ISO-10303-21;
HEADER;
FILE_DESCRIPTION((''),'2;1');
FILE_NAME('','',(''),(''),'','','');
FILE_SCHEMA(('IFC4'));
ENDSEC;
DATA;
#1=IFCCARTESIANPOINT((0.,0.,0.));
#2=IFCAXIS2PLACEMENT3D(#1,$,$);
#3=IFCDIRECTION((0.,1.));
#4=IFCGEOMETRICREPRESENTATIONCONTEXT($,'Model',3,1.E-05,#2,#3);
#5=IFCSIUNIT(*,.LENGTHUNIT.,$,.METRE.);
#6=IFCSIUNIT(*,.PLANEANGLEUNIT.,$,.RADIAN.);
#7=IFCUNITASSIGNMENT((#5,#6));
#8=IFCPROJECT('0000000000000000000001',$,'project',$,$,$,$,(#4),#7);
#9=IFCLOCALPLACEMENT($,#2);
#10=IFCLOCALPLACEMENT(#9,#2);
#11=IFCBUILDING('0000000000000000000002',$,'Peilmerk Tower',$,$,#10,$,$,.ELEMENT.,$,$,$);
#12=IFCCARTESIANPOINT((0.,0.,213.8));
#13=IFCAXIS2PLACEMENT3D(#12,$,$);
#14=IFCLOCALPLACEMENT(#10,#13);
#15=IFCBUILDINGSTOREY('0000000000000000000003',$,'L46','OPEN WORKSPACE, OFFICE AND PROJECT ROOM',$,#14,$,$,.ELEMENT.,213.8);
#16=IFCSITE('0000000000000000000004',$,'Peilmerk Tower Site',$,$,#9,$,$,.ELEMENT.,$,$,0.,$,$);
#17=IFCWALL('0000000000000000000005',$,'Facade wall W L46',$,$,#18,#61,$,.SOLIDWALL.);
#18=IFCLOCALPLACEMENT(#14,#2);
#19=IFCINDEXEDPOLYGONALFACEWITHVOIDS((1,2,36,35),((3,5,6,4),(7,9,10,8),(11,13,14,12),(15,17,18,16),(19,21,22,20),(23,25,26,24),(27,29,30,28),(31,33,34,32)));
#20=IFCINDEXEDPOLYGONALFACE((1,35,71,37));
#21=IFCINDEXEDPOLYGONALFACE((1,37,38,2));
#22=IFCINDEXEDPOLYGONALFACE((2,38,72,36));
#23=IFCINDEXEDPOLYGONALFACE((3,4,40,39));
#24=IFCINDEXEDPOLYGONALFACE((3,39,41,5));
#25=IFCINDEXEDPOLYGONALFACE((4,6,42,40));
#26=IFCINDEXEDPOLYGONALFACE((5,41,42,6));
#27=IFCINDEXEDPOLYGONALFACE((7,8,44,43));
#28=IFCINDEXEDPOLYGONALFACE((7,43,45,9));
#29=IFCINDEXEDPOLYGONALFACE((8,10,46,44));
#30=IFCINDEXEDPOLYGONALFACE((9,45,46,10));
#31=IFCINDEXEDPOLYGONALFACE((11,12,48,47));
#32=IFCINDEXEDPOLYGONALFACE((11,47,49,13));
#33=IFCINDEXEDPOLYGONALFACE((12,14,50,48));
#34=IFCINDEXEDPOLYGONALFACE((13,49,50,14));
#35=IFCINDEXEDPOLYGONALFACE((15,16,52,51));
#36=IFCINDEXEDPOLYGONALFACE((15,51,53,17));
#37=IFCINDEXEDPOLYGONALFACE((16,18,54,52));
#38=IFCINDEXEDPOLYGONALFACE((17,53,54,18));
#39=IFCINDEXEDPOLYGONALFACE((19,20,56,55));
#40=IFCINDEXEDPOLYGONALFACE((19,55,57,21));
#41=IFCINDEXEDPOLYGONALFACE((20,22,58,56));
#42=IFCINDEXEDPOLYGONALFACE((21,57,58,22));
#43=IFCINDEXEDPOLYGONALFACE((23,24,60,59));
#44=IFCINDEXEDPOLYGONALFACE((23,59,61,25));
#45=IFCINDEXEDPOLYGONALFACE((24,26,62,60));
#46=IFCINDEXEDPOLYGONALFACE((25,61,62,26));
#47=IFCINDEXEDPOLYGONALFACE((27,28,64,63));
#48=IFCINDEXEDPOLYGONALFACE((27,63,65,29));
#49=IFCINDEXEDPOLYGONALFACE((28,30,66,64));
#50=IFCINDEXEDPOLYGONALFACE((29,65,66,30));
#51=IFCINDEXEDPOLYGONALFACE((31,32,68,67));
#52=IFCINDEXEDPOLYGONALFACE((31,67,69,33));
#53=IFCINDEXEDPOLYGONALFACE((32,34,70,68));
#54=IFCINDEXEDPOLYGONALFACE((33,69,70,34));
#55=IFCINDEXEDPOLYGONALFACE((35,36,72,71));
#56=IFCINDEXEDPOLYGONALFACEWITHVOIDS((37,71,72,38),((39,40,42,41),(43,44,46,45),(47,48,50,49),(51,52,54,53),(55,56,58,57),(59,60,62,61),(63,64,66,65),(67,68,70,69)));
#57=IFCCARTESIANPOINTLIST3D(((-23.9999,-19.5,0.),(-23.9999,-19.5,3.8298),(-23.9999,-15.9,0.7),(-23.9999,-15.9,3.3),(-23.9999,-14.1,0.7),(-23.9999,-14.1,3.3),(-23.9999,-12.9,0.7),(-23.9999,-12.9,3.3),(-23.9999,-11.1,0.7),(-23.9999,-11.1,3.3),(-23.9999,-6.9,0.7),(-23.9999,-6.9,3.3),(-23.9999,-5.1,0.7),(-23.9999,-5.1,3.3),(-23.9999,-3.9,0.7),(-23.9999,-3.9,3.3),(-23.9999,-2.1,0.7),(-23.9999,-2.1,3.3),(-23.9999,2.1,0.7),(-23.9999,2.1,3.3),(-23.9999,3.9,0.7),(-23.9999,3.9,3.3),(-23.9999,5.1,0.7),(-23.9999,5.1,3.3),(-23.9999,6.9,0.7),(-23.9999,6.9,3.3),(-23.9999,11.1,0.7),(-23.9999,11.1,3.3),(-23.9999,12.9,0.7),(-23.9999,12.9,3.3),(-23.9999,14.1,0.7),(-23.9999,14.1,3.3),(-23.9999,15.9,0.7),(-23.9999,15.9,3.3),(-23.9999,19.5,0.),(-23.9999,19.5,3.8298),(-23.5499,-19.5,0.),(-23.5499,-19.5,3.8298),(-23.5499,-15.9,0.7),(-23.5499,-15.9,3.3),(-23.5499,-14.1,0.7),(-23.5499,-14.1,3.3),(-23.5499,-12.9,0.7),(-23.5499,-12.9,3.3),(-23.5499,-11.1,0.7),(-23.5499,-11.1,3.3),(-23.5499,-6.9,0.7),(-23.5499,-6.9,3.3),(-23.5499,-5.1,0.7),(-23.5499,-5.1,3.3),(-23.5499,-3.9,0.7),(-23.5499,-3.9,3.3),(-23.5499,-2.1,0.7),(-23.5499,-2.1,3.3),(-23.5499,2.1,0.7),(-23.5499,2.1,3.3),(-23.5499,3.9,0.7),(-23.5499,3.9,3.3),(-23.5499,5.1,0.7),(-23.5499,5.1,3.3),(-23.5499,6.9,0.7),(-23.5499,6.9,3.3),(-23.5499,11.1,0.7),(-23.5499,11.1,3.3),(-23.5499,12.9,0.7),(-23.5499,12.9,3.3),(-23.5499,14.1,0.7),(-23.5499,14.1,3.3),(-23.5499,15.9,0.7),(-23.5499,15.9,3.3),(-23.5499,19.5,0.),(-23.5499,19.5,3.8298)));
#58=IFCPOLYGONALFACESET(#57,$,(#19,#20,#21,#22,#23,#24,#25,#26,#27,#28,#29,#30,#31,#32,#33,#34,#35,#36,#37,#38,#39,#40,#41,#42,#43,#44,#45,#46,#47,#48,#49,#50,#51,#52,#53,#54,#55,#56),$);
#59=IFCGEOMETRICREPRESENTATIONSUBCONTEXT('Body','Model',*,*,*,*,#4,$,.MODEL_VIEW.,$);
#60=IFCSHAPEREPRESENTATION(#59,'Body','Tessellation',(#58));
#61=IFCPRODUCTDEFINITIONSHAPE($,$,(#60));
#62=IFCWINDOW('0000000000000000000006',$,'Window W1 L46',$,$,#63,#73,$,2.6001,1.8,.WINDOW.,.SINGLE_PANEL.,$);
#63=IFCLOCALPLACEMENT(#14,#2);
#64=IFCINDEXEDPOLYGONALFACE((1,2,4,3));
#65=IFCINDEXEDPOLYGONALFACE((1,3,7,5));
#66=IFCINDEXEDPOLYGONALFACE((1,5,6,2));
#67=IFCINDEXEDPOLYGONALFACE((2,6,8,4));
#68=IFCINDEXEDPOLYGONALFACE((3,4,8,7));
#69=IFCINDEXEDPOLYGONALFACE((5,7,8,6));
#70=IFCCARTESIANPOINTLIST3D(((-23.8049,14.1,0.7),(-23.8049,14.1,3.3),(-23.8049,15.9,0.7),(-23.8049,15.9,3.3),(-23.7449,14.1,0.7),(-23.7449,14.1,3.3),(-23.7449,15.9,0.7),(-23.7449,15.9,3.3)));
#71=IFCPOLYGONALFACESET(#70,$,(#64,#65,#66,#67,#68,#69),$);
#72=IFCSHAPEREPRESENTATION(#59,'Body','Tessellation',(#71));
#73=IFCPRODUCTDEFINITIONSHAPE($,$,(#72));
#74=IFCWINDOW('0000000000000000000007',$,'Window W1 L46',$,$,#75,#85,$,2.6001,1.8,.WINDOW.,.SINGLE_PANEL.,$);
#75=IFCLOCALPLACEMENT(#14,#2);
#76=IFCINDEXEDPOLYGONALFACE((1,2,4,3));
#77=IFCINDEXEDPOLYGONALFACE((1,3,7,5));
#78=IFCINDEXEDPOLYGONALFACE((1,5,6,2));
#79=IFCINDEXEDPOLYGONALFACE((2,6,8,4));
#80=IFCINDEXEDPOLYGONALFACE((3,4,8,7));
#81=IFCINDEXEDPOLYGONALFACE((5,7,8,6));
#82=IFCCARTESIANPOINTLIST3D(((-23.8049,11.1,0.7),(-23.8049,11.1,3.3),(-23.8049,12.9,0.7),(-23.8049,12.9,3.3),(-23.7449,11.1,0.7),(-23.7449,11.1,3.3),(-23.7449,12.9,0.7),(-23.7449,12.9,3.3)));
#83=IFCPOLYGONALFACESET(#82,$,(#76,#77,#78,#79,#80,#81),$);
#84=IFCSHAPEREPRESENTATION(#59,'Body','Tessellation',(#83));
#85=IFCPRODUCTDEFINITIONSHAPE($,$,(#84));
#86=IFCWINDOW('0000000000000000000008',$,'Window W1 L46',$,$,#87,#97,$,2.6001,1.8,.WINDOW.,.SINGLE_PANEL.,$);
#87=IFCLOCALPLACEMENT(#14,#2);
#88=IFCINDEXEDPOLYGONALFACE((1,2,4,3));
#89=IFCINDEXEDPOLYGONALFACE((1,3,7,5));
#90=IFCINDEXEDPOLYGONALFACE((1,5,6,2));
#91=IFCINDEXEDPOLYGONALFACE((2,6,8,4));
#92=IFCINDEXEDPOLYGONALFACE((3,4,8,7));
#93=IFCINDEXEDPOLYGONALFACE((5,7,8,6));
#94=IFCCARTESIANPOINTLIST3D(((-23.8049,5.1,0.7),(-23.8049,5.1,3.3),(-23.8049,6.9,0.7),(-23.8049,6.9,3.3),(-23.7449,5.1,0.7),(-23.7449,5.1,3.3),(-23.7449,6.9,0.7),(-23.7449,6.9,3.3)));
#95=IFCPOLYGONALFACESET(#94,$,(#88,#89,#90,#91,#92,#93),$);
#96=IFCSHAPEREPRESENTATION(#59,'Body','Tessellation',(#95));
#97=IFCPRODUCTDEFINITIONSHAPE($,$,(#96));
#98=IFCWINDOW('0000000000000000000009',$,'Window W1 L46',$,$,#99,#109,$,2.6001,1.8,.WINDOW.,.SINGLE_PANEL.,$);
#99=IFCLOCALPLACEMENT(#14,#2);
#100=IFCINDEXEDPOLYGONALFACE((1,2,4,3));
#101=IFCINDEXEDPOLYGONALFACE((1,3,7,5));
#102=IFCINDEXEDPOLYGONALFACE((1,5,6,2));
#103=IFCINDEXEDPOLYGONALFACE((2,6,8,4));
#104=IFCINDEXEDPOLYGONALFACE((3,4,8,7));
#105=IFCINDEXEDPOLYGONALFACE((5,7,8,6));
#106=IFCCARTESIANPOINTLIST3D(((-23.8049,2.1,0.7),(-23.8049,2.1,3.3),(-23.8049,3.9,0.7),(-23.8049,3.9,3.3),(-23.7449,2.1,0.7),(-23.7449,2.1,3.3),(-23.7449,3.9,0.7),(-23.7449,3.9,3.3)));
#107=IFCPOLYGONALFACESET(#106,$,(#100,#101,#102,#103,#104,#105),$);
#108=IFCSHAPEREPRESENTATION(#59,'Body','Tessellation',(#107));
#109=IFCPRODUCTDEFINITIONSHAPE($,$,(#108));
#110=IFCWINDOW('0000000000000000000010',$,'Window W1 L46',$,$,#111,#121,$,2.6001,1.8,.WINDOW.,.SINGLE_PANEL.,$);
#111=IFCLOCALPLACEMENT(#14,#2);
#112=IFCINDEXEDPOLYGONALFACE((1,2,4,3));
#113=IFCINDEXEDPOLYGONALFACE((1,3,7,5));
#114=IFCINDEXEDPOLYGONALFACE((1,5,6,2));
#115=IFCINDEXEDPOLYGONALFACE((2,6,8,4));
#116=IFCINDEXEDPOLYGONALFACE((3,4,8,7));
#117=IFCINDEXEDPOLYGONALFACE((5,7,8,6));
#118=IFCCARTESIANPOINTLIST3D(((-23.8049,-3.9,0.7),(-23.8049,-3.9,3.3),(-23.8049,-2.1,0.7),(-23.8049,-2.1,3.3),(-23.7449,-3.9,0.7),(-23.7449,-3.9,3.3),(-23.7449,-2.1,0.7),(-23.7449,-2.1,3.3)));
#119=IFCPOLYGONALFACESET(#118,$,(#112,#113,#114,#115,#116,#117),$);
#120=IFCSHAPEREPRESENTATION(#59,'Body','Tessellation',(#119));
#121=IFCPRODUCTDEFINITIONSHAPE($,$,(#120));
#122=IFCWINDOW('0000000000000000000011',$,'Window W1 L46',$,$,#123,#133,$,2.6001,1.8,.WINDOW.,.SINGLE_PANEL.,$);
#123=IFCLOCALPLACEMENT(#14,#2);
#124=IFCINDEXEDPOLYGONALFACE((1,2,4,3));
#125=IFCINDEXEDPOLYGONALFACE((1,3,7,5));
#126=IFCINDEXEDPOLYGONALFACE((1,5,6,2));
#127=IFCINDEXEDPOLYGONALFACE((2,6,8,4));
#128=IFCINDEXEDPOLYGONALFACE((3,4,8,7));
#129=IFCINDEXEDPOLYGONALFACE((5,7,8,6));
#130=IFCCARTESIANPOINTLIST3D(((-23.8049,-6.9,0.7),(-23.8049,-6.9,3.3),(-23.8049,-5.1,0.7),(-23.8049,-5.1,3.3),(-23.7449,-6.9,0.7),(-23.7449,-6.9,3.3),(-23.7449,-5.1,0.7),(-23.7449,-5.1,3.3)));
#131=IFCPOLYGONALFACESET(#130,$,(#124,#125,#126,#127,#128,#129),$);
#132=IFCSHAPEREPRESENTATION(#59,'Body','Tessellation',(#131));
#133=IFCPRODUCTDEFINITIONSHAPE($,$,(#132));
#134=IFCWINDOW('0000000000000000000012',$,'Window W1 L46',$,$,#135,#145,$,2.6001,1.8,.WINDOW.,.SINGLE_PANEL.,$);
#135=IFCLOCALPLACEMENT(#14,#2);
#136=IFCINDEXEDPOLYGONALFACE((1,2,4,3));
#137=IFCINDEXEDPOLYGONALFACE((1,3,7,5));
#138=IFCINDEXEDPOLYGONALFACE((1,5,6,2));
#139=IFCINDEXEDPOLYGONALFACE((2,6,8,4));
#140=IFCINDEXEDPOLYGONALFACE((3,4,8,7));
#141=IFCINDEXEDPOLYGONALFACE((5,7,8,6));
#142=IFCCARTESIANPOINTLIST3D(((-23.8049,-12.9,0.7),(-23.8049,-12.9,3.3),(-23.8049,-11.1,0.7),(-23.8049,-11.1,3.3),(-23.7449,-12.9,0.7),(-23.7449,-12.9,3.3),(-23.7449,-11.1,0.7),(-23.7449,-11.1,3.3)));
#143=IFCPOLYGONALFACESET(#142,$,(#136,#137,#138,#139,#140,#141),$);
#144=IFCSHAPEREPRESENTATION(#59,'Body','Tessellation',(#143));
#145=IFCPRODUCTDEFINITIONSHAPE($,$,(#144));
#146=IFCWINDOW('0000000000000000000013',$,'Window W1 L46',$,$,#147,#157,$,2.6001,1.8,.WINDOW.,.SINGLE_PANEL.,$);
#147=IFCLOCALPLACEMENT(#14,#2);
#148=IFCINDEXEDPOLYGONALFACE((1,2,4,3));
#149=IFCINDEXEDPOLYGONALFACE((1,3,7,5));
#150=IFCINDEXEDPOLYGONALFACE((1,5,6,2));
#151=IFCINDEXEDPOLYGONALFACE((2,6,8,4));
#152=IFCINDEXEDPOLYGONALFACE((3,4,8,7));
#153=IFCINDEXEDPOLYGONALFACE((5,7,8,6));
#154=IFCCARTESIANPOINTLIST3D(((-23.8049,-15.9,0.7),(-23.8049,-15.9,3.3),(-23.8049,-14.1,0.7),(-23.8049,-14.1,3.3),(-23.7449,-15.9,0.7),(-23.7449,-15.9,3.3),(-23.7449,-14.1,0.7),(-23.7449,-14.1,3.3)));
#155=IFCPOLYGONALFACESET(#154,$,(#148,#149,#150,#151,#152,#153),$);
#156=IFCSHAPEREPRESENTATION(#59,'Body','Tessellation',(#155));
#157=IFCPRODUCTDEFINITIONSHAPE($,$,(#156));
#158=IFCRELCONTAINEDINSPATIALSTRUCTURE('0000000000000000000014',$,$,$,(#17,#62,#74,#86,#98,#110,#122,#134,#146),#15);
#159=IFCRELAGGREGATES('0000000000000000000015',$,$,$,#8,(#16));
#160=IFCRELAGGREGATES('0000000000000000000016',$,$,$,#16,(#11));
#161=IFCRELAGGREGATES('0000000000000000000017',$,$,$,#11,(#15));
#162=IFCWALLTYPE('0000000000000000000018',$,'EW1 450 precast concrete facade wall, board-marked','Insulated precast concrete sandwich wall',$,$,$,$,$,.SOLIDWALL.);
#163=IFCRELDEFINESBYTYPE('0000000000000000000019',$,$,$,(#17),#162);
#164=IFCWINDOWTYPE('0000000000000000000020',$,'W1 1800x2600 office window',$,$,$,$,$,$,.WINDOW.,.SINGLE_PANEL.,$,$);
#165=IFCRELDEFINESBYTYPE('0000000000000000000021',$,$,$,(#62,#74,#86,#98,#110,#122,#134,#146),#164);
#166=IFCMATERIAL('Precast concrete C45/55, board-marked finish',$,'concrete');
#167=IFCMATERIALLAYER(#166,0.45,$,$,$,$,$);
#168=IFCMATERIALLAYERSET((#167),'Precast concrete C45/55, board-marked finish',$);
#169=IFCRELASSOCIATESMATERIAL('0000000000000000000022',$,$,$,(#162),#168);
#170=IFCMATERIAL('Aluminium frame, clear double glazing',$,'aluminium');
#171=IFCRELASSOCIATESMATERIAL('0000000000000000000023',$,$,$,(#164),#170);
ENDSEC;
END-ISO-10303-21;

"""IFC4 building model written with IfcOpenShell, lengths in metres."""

from ifc_helpers import new_model, si_unit, direction, frame, frame_2d, origin, place, context, subcontext, project, spatial, rectangle, extrude, material, layer, layer_set, type_object, element, fill, save


model = new_model("IFC4")

# Units and contexts
model_context = context("Model", 3, precision=1e-05, world=origin(), true_north=direction((0.0, 1.0)))
body_context = subcontext(model_context, "Body", "Model", "MODEL_VIEW")
ifc_project = project(units=[si_unit("LENGTHUNIT", "METRE"), si_unit("PLANEANGLEUNIT", "RADIAN")], contexts=[model_context])

# Site, building, storey
site_placement = place(None, origin())
site = spatial("IfcSite", under=ifc_project, at=site_placement, Name="Peilmerk Tower Site", CompositionType="ELEMENT", RefElevation=0.0)
building_placement = place(site_placement, origin())
building = spatial("IfcBuilding", under=site, at=building_placement, Name="Peilmerk Tower", CompositionType="ELEMENT")
storey_placement = place(building_placement, frame((0.0, 0.0, 213.8)))
storey = spatial("IfcBuildingStorey", under=building, at=storey_placement, Name="L46", Description="OPEN WORKSPACE, OFFICE AND PROJECT ROOM", CompositionType="ELEMENT", Elevation=213.8)

# Wall, openings, windows
ifc_material_1 = material(Name="Precast concrete C45/55, board-marked finish", Category="concrete")
ifc_layer_1 = layer(ifc_material_1, 0.45)
ifc_layer_set_1 = layer_set([ifc_layer_1], Name="Precast concrete C45/55, board-marked finish")
wall_type = type_object("IfcWallType", Name="EW1 450 precast concrete facade wall, board-marked", Description="Insulated precast concrete sandwich wall", PredefinedType="SOLIDWALL", material=ifc_layer_set_1)
wall_1_placement = place(storey_placement, frame((-23.7749, 19.5, 0.0), z_axis=(0.0, 0.0, 1.0), x_axis=(0.0, -1.0, 0.0)))
wall_1 = element("IfcWall", 1, at=wall_1_placement, inside=storey, type_object=wall_type, Name="Facade wall W L46", PredefinedType="SOLIDWALL", context=body_context, shape_type="SweptSolid", body=[
    extrude(rectangle(XDim=39.0, YDim=0.45, at=frame_2d((19.5, 0.0))), origin(), (0.0, 0.0, 1.0), 3.8298),
])
opening_1_placement = place(wall_1_placement, frame((3.6001, 0.0, 0.7)))
opening_1 = element("IfcOpeningElement", 2, at=opening_1_placement, cuts=wall_1, PredefinedType="OPENING", context=body_context, shape_type="SweptSolid", body=[
    extrude(rectangle(XDim=1.8, YDim=2.6001, at=frame_2d((0.8999, 1.3))), frame((0.0, 0.2349, 0.0), z_axis=(0.0, -1.0, 0.0), x_axis=(1.0, 0.0, 0.0)), (0.0, 0.0, 1.0), 0.47),
])
opening_2_placement = place(wall_1_placement, frame((6.6001, 0.0, 0.7)))
opening_2 = element("IfcOpeningElement", 3, at=opening_2_placement, cuts=wall_1, PredefinedType="OPENING", context=body_context, shape_type="SweptSolid", body=[
    extrude(rectangle(XDim=1.8, YDim=2.6001, at=frame_2d((0.8999, 1.3))), frame((0.0, 0.2349, 0.0), z_axis=(0.0, -1.0, 0.0), x_axis=(1.0, 0.0, 0.0)), (0.0, 0.0, 1.0), 0.47),
])
opening_3_placement = place(wall_1_placement, frame((12.6001, 0.0, 0.7)))
opening_3 = element("IfcOpeningElement", 4, at=opening_3_placement, cuts=wall_1, PredefinedType="OPENING", context=body_context, shape_type="SweptSolid", body=[
    extrude(rectangle(XDim=1.8, YDim=2.6001, at=frame_2d((0.8999, 1.3))), frame((0.0, 0.2349, 0.0), z_axis=(0.0, -1.0, 0.0), x_axis=(1.0, 0.0, 0.0)), (0.0, 0.0, 1.0), 0.47),
])
opening_4_placement = place(wall_1_placement, frame((15.6001, 0.0, 0.7)))
opening_4 = element("IfcOpeningElement", 5, at=opening_4_placement, cuts=wall_1, PredefinedType="OPENING", context=body_context, shape_type="SweptSolid", body=[
    extrude(rectangle(XDim=1.8, YDim=2.6001, at=frame_2d((0.8999, 1.3))), frame((0.0, 0.2349, 0.0), z_axis=(0.0, -1.0, 0.0), x_axis=(1.0, 0.0, 0.0)), (0.0, 0.0, 1.0), 0.47),
])
opening_5_placement = place(wall_1_placement, frame((21.6001, 0.0, 0.7)))
opening_5 = element("IfcOpeningElement", 6, at=opening_5_placement, cuts=wall_1, PredefinedType="OPENING", context=body_context, shape_type="SweptSolid", body=[
    extrude(rectangle(XDim=1.8, YDim=2.6001, at=frame_2d((0.8999, 1.3))), frame((0.0, 0.2349, 0.0), z_axis=(0.0, -1.0, 0.0), x_axis=(1.0, 0.0, 0.0)), (0.0, 0.0, 1.0), 0.47),
])
opening_6_placement = place(wall_1_placement, frame((24.6001, 0.0, 0.7)))
opening_6 = element("IfcOpeningElement", 7, at=opening_6_placement, cuts=wall_1, PredefinedType="OPENING", context=body_context, shape_type="SweptSolid", body=[
    extrude(rectangle(XDim=1.8, YDim=2.6001, at=frame_2d((0.8999, 1.3))), frame((0.0, 0.2349, 0.0), z_axis=(0.0, -1.0, 0.0), x_axis=(1.0, 0.0, 0.0)), (0.0, 0.0, 1.0), 0.47),
])
opening_7_placement = place(wall_1_placement, frame((30.6001, 0.0, 0.7)))
opening_7 = element("IfcOpeningElement", 8, at=opening_7_placement, cuts=wall_1, PredefinedType="OPENING", context=body_context, shape_type="SweptSolid", body=[
    extrude(rectangle(XDim=1.8, YDim=2.6001, at=frame_2d((0.8999, 1.3))), frame((0.0, 0.2349, 0.0), z_axis=(0.0, -1.0, 0.0), x_axis=(1.0, 0.0, 0.0)), (0.0, 0.0, 1.0), 0.47),
])
opening_8_placement = place(wall_1_placement, frame((33.6001, 0.0, 0.7)))
opening_8 = element("IfcOpeningElement", 9, at=opening_8_placement, cuts=wall_1, PredefinedType="OPENING", context=body_context, shape_type="SweptSolid", body=[
    extrude(rectangle(XDim=1.8, YDim=2.6001, at=frame_2d((0.8999, 1.3))), frame((0.0, 0.2349, 0.0), z_axis=(0.0, -1.0, 0.0), x_axis=(1.0, 0.0, 0.0)), (0.0, 0.0, 1.0), 0.47),
])
ifc_material_2 = material(Name="Aluminium frame, clear double glazing", Category="aluminium")
window_type = type_object("IfcWindowType", Name="W1 1800x2600 office window", PartitioningType="SINGLE_PANEL", PredefinedType="WINDOW", material=ifc_material_2)
window_1_placement = place(opening_1_placement, origin())
window_1 = element("IfcWindow", 10, at=window_1_placement, inside=storey, type_object=window_type, Name="Window W1 L46", OverallHeight=2.6001, OverallWidth=1.8, PartitioningType="SINGLE_PANEL", PredefinedType="WINDOW", context=body_context, shape_type="SweptSolid", body=[
    extrude(rectangle(XDim=1.8, YDim=2.6001, at=frame_2d((0.8999, 1.3))), frame((0.0, 0.03, 0.0), z_axis=(0.0, -1.0, 0.0), x_axis=(1.0, 0.0, 0.0)), (0.0, 0.0, 1.0), 0.0601),
])
fill(opening_1, window_1)
window_2_placement = place(opening_2_placement, origin())
window_2 = element("IfcWindow", 11, at=window_2_placement, inside=storey, type_object=window_type, Name="Window W1 L46", OverallHeight=2.6001, OverallWidth=1.8, PartitioningType="SINGLE_PANEL", PredefinedType="WINDOW", context=body_context, shape_type="SweptSolid", body=[
    extrude(rectangle(XDim=1.8, YDim=2.6001, at=frame_2d((0.8999, 1.3))), frame((0.0, 0.03, 0.0), z_axis=(0.0, -1.0, 0.0), x_axis=(1.0, 0.0, 0.0)), (0.0, 0.0, 1.0), 0.0601),
])
fill(opening_2, window_2)
window_3_placement = place(opening_3_placement, origin())
window_3 = element("IfcWindow", 12, at=window_3_placement, inside=storey, type_object=window_type, Name="Window W1 L46", OverallHeight=2.6001, OverallWidth=1.8, PartitioningType="SINGLE_PANEL", PredefinedType="WINDOW", context=body_context, shape_type="SweptSolid", body=[
    extrude(rectangle(XDim=1.8, YDim=2.6001, at=frame_2d((0.8999, 1.3))), frame((0.0, 0.03, 0.0), z_axis=(0.0, -1.0, 0.0), x_axis=(1.0, 0.0, 0.0)), (0.0, 0.0, 1.0), 0.0601),
])
fill(opening_3, window_3)
window_4_placement = place(opening_4_placement, origin())
window_4 = element("IfcWindow", 13, at=window_4_placement, inside=storey, type_object=window_type, Name="Window W1 L46", OverallHeight=2.6001, OverallWidth=1.8, PartitioningType="SINGLE_PANEL", PredefinedType="WINDOW", context=body_context, shape_type="SweptSolid", body=[
    extrude(rectangle(XDim=1.8, YDim=2.6001, at=frame_2d((0.8999, 1.3))), frame((0.0, 0.03, 0.0), z_axis=(0.0, -1.0, 0.0), x_axis=(1.0, 0.0, 0.0)), (0.0, 0.0, 1.0), 0.0601),
])
fill(opening_4, window_4)
window_5_placement = place(opening_5_placement, origin())
window_5 = element("IfcWindow", 14, at=window_5_placement, inside=storey, type_object=window_type, Name="Window W1 L46", OverallHeight=2.6001, OverallWidth=1.8, PartitioningType="SINGLE_PANEL", PredefinedType="WINDOW", context=body_context, shape_type="SweptSolid", body=[
    extrude(rectangle(XDim=1.8, YDim=2.6001, at=frame_2d((0.8999, 1.3))), frame((0.0, 0.03, 0.0), z_axis=(0.0, -1.0, 0.0), x_axis=(1.0, 0.0, 0.0)), (0.0, 0.0, 1.0), 0.0601),
])
fill(opening_5, window_5)
window_6_placement = place(opening_6_placement, origin())
window_6 = element("IfcWindow", 15, at=window_6_placement, inside=storey, type_object=window_type, Name="Window W1 L46", OverallHeight=2.6001, OverallWidth=1.8, PartitioningType="SINGLE_PANEL", PredefinedType="WINDOW", context=body_context, shape_type="SweptSolid", body=[
    extrude(rectangle(XDim=1.8, YDim=2.6001, at=frame_2d((0.8999, 1.3))), frame((0.0, 0.03, 0.0), z_axis=(0.0, -1.0, 0.0), x_axis=(1.0, 0.0, 0.0)), (0.0, 0.0, 1.0), 0.0601),
])
fill(opening_6, window_6)
window_7_placement = place(opening_7_placement, origin())
window_7 = element("IfcWindow", 16, at=window_7_placement, inside=storey, type_object=window_type, Name="Window W1 L46", OverallHeight=2.6001, OverallWidth=1.8, PartitioningType="SINGLE_PANEL", PredefinedType="WINDOW", context=body_context, shape_type="SweptSolid", body=[
    extrude(rectangle(XDim=1.8, YDim=2.6001, at=frame_2d((0.8999, 1.3))), frame((0.0, 0.03, 0.0), z_axis=(0.0, -1.0, 0.0), x_axis=(1.0, 0.0, 0.0)), (0.0, 0.0, 1.0), 0.0601),
])
fill(opening_7, window_7)
window_8_placement = place(opening_8_placement, origin())
window_8 = element("IfcWindow", 17, at=window_8_placement, inside=storey, type_object=window_type, Name="Window W1 L46", OverallHeight=2.6001, OverallWidth=1.8, PartitioningType="SINGLE_PANEL", PredefinedType="WINDOW", context=body_context, shape_type="SweptSolid", body=[
    extrude(rectangle(XDim=1.8, YDim=2.6001, at=frame_2d((0.8999, 1.3))), frame((0.0, 0.03, 0.0), z_axis=(0.0, -1.0, 0.0), x_axis=(1.0, 0.0, 0.0)), (0.0, 0.0, 1.0), 0.0601),
])
fill(opening_8, window_8)

save(model, "model.ifc")
